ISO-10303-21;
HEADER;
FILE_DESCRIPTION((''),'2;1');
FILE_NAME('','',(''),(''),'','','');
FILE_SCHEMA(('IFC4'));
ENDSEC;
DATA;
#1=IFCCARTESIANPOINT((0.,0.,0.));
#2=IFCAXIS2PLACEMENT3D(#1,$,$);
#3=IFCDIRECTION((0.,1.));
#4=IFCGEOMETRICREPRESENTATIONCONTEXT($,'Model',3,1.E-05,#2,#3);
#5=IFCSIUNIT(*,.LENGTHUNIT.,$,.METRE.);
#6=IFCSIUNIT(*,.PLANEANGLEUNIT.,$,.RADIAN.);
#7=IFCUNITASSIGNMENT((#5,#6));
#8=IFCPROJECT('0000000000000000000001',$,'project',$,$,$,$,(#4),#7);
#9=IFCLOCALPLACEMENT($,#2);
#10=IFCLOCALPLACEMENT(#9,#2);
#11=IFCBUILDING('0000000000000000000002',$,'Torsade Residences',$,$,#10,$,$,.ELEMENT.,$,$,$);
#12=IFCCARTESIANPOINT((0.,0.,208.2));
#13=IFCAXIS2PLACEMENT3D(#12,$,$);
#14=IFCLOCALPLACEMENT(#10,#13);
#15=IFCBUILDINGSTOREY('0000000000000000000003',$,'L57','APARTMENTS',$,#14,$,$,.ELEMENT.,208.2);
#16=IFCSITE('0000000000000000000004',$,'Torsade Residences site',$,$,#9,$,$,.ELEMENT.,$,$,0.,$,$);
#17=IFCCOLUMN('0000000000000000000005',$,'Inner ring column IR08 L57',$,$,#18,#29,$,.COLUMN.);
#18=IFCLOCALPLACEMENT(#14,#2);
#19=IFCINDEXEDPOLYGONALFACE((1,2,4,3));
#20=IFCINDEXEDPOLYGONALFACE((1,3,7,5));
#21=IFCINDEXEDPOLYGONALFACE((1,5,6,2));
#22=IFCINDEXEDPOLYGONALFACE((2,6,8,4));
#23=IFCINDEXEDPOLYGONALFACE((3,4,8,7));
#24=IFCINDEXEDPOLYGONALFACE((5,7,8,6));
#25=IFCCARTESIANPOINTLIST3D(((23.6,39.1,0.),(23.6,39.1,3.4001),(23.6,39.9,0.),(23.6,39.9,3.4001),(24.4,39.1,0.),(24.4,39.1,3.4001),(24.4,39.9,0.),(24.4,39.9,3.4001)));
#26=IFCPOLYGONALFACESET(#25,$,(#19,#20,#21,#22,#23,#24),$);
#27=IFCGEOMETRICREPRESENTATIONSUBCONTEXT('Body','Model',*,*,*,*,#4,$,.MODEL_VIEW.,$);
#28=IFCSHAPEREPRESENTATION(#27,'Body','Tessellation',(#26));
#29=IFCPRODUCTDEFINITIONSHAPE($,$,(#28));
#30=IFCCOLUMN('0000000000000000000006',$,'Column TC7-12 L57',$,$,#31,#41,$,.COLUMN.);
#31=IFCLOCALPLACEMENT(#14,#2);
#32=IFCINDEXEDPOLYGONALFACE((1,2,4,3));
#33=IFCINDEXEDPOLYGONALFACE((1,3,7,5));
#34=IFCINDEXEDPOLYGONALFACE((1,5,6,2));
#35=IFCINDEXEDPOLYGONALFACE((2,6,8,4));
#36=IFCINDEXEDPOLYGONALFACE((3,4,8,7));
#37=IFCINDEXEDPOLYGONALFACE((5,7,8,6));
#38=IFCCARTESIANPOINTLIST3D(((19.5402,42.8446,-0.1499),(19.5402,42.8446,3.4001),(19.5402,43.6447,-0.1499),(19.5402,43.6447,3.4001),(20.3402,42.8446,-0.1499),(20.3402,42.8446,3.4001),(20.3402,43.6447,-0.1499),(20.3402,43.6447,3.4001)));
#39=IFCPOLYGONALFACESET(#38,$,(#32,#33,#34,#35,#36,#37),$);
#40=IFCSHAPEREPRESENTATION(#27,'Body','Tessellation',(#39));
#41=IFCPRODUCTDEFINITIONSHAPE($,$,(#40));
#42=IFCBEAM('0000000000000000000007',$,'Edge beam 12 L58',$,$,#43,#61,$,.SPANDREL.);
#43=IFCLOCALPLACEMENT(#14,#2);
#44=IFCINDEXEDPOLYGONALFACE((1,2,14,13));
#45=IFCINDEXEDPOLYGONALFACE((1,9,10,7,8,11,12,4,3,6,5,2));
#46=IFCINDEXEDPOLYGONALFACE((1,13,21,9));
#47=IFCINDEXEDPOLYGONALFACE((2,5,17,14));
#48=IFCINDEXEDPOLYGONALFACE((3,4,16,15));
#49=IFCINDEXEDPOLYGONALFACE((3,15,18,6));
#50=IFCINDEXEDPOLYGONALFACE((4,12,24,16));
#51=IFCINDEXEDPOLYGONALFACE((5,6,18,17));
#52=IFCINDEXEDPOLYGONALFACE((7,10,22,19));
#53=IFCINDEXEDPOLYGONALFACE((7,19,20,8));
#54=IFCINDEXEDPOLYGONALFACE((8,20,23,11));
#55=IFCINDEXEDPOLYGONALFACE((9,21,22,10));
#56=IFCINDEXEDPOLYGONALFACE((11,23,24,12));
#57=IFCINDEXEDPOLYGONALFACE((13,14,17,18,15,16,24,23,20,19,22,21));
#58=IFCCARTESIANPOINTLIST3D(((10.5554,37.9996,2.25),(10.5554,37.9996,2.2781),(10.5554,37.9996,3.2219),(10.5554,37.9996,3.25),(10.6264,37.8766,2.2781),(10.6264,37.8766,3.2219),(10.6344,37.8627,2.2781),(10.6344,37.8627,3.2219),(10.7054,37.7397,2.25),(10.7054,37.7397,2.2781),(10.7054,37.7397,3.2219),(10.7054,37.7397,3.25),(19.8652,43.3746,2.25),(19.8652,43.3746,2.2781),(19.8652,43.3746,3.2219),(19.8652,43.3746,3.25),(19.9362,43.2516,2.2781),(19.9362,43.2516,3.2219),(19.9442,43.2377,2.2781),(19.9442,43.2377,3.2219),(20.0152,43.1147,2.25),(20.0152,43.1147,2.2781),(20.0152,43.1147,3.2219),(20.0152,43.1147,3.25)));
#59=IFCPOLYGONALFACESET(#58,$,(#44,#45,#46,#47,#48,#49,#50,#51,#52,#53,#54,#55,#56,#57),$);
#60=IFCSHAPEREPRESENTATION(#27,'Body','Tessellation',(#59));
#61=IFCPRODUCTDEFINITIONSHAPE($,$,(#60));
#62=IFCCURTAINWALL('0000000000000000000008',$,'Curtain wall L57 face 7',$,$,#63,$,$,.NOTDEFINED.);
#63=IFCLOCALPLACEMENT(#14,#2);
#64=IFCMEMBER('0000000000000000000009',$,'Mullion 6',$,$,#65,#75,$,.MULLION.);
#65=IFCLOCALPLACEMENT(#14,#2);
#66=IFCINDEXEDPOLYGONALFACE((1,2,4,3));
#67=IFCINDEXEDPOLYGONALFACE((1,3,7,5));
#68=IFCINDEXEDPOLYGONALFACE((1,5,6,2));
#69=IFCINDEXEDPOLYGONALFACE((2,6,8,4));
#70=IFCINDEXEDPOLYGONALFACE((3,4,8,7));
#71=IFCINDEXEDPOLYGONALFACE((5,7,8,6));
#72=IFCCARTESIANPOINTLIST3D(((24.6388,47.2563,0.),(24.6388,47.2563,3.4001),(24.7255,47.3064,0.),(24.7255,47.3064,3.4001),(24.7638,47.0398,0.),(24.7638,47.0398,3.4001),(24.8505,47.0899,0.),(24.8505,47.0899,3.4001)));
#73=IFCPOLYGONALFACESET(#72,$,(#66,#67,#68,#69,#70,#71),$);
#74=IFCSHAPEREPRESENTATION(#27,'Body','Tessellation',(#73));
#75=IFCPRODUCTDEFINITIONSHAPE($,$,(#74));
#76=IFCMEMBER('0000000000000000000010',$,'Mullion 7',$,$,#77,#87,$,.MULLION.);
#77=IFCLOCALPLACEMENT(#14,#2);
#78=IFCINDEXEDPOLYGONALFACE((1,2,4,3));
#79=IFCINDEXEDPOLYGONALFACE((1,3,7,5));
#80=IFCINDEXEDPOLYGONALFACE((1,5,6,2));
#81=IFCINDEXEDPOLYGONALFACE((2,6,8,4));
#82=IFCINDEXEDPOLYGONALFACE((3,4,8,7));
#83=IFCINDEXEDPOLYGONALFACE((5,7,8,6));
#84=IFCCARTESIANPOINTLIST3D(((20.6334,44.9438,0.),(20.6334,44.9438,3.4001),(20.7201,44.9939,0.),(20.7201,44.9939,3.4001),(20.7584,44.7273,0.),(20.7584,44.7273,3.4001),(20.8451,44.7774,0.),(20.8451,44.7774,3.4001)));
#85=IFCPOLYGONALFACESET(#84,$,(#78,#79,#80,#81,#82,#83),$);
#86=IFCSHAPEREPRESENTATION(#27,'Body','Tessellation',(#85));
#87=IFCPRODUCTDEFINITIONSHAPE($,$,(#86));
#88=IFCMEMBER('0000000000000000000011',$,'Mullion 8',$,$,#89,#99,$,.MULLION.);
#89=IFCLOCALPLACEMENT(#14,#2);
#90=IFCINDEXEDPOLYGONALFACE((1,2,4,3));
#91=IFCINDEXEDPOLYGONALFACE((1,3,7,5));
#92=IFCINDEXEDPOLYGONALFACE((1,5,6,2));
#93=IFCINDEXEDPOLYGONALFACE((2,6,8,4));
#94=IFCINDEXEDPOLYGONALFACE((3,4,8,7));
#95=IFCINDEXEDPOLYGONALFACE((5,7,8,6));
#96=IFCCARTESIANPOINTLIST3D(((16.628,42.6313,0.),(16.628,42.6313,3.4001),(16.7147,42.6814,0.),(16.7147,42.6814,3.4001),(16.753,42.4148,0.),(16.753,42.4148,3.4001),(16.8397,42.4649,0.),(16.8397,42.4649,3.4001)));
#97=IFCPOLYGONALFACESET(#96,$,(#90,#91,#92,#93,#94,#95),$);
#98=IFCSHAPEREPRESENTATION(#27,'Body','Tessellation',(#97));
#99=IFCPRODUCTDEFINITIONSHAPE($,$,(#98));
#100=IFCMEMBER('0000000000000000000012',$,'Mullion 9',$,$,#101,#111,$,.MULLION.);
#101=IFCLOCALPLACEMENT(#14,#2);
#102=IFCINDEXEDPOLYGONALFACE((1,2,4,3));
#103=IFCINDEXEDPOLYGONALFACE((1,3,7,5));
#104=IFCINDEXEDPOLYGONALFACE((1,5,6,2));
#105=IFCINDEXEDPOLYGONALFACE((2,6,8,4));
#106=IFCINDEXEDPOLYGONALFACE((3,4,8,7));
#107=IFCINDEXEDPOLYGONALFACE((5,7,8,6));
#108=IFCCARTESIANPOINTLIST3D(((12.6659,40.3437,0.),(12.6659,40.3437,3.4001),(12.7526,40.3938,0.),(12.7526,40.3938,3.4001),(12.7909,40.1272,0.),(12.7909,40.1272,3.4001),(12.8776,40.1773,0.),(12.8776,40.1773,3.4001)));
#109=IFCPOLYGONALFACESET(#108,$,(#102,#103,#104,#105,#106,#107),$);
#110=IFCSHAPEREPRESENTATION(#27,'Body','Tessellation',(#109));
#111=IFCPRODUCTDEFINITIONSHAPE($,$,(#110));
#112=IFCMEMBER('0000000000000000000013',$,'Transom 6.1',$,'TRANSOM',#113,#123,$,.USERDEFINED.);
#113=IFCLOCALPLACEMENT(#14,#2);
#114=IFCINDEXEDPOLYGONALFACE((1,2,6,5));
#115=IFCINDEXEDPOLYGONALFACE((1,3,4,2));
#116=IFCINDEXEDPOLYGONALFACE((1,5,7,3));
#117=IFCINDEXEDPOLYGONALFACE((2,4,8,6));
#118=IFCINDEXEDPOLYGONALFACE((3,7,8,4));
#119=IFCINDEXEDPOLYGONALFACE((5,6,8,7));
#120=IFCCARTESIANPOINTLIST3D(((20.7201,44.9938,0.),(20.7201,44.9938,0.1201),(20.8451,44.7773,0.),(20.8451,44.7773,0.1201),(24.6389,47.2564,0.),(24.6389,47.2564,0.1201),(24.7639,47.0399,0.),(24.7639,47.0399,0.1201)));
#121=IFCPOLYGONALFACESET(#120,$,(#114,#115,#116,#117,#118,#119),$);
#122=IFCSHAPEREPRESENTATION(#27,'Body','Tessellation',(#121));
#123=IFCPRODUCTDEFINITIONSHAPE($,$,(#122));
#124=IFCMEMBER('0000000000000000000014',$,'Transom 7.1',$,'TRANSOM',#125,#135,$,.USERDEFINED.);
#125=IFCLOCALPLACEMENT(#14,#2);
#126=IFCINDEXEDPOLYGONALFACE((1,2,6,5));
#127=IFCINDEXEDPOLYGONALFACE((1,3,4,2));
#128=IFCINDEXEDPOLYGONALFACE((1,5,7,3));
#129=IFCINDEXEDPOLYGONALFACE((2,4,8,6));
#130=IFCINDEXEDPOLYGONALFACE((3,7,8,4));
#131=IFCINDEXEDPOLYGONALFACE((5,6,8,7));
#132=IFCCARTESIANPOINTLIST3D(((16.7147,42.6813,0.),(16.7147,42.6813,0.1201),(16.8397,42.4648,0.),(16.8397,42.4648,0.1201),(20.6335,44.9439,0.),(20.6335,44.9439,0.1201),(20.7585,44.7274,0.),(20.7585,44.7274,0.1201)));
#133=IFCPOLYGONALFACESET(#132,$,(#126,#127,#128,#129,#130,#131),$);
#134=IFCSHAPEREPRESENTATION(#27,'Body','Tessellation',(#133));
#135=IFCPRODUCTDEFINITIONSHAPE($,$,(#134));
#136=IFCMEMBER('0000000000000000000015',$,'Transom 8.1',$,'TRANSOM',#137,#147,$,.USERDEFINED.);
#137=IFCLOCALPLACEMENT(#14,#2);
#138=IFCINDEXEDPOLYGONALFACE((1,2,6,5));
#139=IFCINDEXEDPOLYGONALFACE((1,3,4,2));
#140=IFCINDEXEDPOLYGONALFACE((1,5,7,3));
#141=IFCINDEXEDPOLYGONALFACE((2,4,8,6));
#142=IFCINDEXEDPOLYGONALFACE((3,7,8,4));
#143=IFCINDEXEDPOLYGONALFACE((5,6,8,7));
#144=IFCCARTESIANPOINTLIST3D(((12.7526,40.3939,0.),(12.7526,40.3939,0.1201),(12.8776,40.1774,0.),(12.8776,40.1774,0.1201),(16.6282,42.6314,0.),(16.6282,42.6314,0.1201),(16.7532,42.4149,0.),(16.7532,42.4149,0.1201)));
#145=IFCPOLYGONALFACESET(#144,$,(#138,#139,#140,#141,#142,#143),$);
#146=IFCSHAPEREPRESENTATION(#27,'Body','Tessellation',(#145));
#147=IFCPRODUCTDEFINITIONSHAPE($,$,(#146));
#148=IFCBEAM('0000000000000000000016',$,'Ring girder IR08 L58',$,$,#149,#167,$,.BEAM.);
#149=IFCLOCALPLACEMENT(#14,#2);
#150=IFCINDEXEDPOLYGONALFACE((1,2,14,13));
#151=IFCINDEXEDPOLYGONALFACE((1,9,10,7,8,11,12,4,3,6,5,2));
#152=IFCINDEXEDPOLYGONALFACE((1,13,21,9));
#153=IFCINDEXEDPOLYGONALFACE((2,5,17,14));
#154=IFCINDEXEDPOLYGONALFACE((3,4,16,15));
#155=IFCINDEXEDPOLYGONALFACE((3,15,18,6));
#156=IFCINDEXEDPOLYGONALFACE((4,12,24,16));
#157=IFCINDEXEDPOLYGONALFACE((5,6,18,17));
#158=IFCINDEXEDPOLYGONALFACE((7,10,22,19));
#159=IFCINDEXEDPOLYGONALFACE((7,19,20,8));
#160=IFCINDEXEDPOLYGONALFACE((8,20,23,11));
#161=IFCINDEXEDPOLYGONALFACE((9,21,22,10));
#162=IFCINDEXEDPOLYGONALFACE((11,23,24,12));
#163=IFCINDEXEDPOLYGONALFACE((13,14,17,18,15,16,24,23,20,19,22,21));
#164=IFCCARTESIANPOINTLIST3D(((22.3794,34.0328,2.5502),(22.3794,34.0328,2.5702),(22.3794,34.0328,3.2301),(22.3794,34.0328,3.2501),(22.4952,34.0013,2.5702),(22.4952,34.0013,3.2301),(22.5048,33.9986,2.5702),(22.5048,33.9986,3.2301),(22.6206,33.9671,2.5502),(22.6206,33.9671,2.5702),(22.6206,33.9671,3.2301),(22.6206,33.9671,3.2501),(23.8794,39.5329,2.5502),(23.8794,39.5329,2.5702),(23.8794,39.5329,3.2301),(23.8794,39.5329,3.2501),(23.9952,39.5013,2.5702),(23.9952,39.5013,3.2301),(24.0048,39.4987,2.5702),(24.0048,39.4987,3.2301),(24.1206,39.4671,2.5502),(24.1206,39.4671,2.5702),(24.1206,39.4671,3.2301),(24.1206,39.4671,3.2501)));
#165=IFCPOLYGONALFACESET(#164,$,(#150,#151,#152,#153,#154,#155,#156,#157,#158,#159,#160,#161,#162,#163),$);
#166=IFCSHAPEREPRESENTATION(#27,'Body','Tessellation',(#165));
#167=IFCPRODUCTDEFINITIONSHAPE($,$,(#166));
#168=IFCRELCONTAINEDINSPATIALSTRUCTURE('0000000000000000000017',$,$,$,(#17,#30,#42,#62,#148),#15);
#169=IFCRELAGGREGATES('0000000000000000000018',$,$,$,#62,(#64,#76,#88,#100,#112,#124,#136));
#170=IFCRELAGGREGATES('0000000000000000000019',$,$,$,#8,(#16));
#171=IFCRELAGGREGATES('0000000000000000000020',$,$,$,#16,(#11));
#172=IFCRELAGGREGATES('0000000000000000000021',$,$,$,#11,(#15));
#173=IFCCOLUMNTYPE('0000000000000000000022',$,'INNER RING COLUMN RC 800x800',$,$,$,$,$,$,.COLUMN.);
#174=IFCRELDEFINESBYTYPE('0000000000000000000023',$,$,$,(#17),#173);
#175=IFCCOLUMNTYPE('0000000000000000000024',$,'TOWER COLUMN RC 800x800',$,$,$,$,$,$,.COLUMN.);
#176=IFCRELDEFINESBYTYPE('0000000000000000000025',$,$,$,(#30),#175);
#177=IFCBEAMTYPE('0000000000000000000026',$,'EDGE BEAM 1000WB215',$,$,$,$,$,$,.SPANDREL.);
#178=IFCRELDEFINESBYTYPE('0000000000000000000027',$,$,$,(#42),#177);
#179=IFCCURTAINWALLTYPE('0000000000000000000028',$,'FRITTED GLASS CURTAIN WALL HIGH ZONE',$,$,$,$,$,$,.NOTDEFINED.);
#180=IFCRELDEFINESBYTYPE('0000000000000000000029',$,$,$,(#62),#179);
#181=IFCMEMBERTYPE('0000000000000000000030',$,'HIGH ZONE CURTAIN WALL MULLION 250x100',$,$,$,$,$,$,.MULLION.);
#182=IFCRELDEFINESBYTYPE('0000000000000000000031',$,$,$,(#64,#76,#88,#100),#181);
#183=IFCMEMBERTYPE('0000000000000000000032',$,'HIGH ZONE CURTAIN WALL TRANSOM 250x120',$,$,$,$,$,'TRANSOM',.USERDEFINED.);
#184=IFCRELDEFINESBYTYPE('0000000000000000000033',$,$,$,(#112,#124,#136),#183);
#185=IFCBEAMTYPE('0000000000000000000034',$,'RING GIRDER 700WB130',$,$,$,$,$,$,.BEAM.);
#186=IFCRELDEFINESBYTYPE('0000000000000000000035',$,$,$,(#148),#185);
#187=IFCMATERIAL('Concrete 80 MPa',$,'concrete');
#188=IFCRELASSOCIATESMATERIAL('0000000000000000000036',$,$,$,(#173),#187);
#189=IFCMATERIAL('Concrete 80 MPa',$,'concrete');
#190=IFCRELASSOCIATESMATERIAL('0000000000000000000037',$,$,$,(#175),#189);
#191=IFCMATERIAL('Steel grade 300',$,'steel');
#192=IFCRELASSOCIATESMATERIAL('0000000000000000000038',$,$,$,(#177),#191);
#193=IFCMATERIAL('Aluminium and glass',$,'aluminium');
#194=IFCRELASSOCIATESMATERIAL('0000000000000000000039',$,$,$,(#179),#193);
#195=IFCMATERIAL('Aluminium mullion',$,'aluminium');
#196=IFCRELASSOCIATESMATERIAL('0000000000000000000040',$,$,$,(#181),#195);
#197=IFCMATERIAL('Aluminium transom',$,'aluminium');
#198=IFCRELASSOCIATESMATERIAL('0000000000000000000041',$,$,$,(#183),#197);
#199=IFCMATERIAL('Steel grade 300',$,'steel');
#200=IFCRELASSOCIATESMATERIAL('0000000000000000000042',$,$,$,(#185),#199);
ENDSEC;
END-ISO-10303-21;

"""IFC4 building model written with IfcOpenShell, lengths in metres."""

from ifc_helpers import new_model, si_unit, direction, frame, origin, origin_2d, place, context, subcontext, project, spatial, rectangle, i_section, extrude, material, material_profile, profile_set, type_object, element, aggregate, save


model = new_model("IFC4")

# Units and contexts
model_context = context("Model", 3, precision=1e-05, world=origin(), true_north=direction((0.0, 1.0)))
body_context = subcontext(model_context, "Body", "Model", "MODEL_VIEW")
ifc_project = project(units=[si_unit("LENGTHUNIT", "METRE"), si_unit("PLANEANGLEUNIT", "RADIAN")], contexts=[model_context])

# Site, building, storey
site_placement = place(None, origin())
site = spatial("IfcSite", under=ifc_project, at=site_placement, Name="Torsade Residences site", CompositionType="ELEMENT", RefElevation=0.0)
building_placement = place(site_placement, origin())
building = spatial("IfcBuilding", under=site, at=building_placement, Name="Torsade Residences", CompositionType="ELEMENT")
storey_placement = place(building_placement, frame((0.0, 0.0, 208.2)))
storey = spatial("IfcBuildingStorey", under=building, at=storey_placement, Name="L57", Description="APARTMENTS", CompositionType="ELEMENT", Elevation=208.2)

# Columns
ifc_material_1 = material(Name="Concrete 80 MPa", Category="concrete")
ifc_material_profile_1 = material_profile(ifc_material_1, rectangle(XDim=0.8, YDim=0.8, at=origin_2d()), Name="RC 800x800")
ifc_profile_set_1 = profile_set([ifc_material_profile_1], Name="Concrete 80 MPa")
column_type_1 = type_object("IfcColumnType", Name="INNER RING COLUMN RC 800x800", PredefinedType="COLUMN", material=ifc_profile_set_1)
column_1_placement = place(storey_placement, frame((24.0, 39.5, 0.0), z_axis=(0.0, 0.0, 1.0), x_axis=(1.0, 0.0, 0.0)))
element("IfcColumn", 1, at=column_1_placement, inside=storey, type_object=column_type_1, Name="Inner ring column IR08 L57", PredefinedType="COLUMN", context=body_context, shape_type="SweptSolid", body=[
    extrude(rectangle(XDim=0.8, YDim=0.8, at=origin_2d()), origin(), (0.0, 0.0, 1.0), 3.4001),
])
ifc_material_2 = material(Name="Concrete 80 MPa", Category="concrete")
ifc_material_profile_2 = material_profile(ifc_material_2, rectangle(XDim=0.8, YDim=0.8, at=origin_2d()), Name="RC 800x800")
ifc_profile_set_2 = profile_set([ifc_material_profile_2], Name="Concrete 80 MPa")
column_type_2 = type_object("IfcColumnType", Name="TOWER COLUMN RC 800x800", PredefinedType="COLUMN", material=ifc_profile_set_2)
column_2_placement = place(storey_placement, frame((19.9402, 43.2446, -0.1499), z_axis=(0.0, 0.0, 1.0), x_axis=(1.0, 0.0, 0.0)))
element("IfcColumn", 2, at=column_2_placement, inside=storey, type_object=column_type_2, Name="Column TC7-12 L57", PredefinedType="COLUMN", context=body_context, shape_type="SweptSolid", body=[
    extrude(rectangle(XDim=0.8, YDim=0.8, at=origin_2d()), origin(), (0.0, 0.0, 1.0), 3.55),
])

# Beam
ifc_material_3 = material(Name="Steel grade 300", Category="steel")
ifc_material_profile_3 = material_profile(ifc_material_3, i_section(OverallWidth=0.3, OverallDepth=1.0, WebThickness=0.0161, FlangeThickness=0.0281, at=origin_2d()), Name="1000WB215")
ifc_profile_set_3 = profile_set([ifc_material_profile_3], Name="Steel grade 300")
beam_type_1 = type_object("IfcBeamType", Name="EDGE BEAM 1000WB215", PredefinedType="SPANDREL", material=ifc_profile_set_3)
beam_1_placement = place(storey_placement, frame((19.9402, 43.2446, 2.75), z_axis=(-0.866026, -0.499998, 0.0), x_axis=(0.499998, -0.866026, 0.0)))
element("IfcBeam", 3, at=beam_1_placement, inside=storey, type_object=beam_type_1, Name="Edge beam 12 L58", PredefinedType="SPANDREL", context=body_context, shape_type="SweptSolid", body=[
    extrude(i_section(OverallWidth=0.3, OverallDepth=1.0, WebThickness=0.0161, FlangeThickness=0.0281, at=origin_2d()), origin(), (0.0, 0.0, 1.0), 10.75),
])

# Curtain wall, members
ifc_material_4 = material(Name="Aluminium and glass", Category="aluminium")
curtain_wall_type = type_object("IfcCurtainWallType", Name="FRITTED GLASS CURTAIN WALL HIGH ZONE", PredefinedType="NOTDEFINED", material=ifc_material_4)
curtain_wall_placement = place(storey_placement, origin())
curtain_wall = element("IfcCurtainWall", 4, at=curtain_wall_placement, inside=storey, type_object=curtain_wall_type, Name="Curtain wall L57 face 7", PredefinedType="NOTDEFINED")
ifc_material_5 = material(Name="Aluminium mullion", Category="aluminium")
ifc_material_profile_4 = material_profile(ifc_material_5, rectangle(XDim=0.25, YDim=0.1001, at=origin_2d()), Name="HIGH ZONE CURTAIN WALL MULLION 250x100")
ifc_profile_set_4 = profile_set([ifc_material_profile_4], Name="Aluminium mullion")
member_type_1 = type_object("IfcMemberType", Name="HIGH ZONE CURTAIN WALL MULLION 250x100", PredefinedType="MULLION", material=ifc_profile_set_4)
member_1_placement = place(storey_placement, frame((24.7446, 47.1731, 0.0), z_axis=(0.0, 0.0, 1.0), x_axis=(0.5, -0.866025, 0.0)))
member_1 = element("IfcMember", 5, at=member_1_placement, type_object=member_type_1, Name="Mullion 6", PredefinedType="MULLION", context=body_context, shape_type="SweptSolid", body=[
    extrude(rectangle(XDim=0.25, YDim=0.1001, at=origin_2d()), origin(), (0.0, 0.0, 1.0), 3.4001),
])
member_2_placement = place(storey_placement, frame((20.7393, 44.8606, 0.0), z_axis=(0.0, 0.0, 1.0), x_axis=(0.5, -0.866025, 0.0)))
member_2 = element("IfcMember", 6, at=member_2_placement, type_object=member_type_1, Name="Mullion 7", PredefinedType="MULLION", context=body_context, shape_type="SweptSolid", body=[
    extrude(rectangle(XDim=0.25, YDim=0.1001, at=origin_2d()), origin(), (0.0, 0.0, 1.0), 3.4001),
])
member_3_placement = place(storey_placement, frame((16.7339, 42.5481, 0.0), z_axis=(0.0, 0.0, 1.0), x_axis=(0.5, -0.866025, 0.0)))
member_3 = element("IfcMember", 7, at=member_3_placement, type_object=member_type_1, Name="Mullion 8", PredefinedType="MULLION", context=body_context, shape_type="SweptSolid", body=[
    extrude(rectangle(XDim=0.25, YDim=0.1001, at=origin_2d()), origin(), (0.0, 0.0, 1.0), 3.4001),
])
member_4_placement = place(storey_placement, frame((12.7717, 40.2605, 0.0), z_axis=(0.0, 0.0, 1.0), x_axis=(0.5, -0.866025, 0.0)))
member_4 = element("IfcMember", 8, at=member_4_placement, type_object=member_type_1, Name="Mullion 9", PredefinedType="MULLION", context=body_context, shape_type="SweptSolid", body=[
    extrude(rectangle(XDim=0.25, YDim=0.1001, at=origin_2d()), origin(), (0.0, 0.0, 1.0), 3.4001),
])
ifc_material_6 = material(Name="Aluminium transom", Category="aluminium")
ifc_material_profile_5 = material_profile(ifc_material_6, rectangle(XDim=0.25, YDim=0.1201, at=origin_2d()), Name="HIGH ZONE CURTAIN WALL TRANSOM 250x120")
ifc_profile_set_5 = profile_set([ifc_material_profile_5], Name="Aluminium transom")
member_type_2 = type_object("IfcMemberType", Name="HIGH ZONE CURTAIN WALL TRANSOM 250x120", ElementType="TRANSOM", PredefinedType="USERDEFINED", material=ifc_profile_set_5)
member_5_placement = place(storey_placement, frame((24.7014, 47.1482, 0.0601), z_axis=(-0.866017, -0.500015, 0.0), x_axis=(0.500015, -0.866017, 0.0)))
member_5 = element("IfcMember", 9, at=member_5_placement, type_object=member_type_2, Name="Transom 6.1", ObjectType="TRANSOM", PredefinedType="USERDEFINED", context=body_context, shape_type="SweptSolid", body=[
    extrude(rectangle(XDim=0.25, YDim=0.1201, at=origin_2d()), origin(), (0.0, 0.0, 1.0), 4.5251),
])
member_6_placement = place(storey_placement, frame((20.696, 44.8357, 0.0601), z_axis=(-0.866017, -0.500015, 0.0), x_axis=(0.500015, -0.866017, 0.0)))
member_6 = element("IfcMember", 10, at=member_6_placement, type_object=member_type_2, Name="Transom 7.1", ObjectType="TRANSOM", PredefinedType="USERDEFINED", context=body_context, shape_type="SweptSolid", body=[
    extrude(rectangle(XDim=0.25, YDim=0.1201, at=origin_2d()), origin(), (0.0, 0.0, 1.0), 4.5251),
])
member_7_placement = place(storey_placement, frame((16.6907, 42.5232, 0.0601), z_axis=(-0.866022, -0.500006, 0.0), x_axis=(0.500006, -0.866022, 0.0)))
member_7 = element("IfcMember", 11, at=member_7_placement, type_object=member_type_2, Name="Transom 8.1", ObjectType="TRANSOM", PredefinedType="USERDEFINED", context=body_context, shape_type="SweptSolid", body=[
    extrude(rectangle(XDim=0.25, YDim=0.1201, at=origin_2d()), origin(), (0.0, 0.0, 1.0), 4.4751),
])

# Beam
ifc_material_7 = material(Name="Steel grade 300", Category="steel")
ifc_material_profile_6 = material_profile(ifc_material_7, i_section(OverallWidth=0.25, OverallDepth=0.7, WebThickness=0.01, FlangeThickness=0.02, at=origin_2d()), Name="700WB130")
ifc_profile_set_6 = profile_set([ifc_material_profile_6], Name="Steel grade 300")
beam_type_2 = type_object("IfcBeamType", Name="RING GIRDER 700WB130", PredefinedType="BEAM", material=ifc_profile_set_6)
beam_2_placement = place(storey_placement, frame((24.0, 39.5, 2.9001), z_axis=(-0.263117, -0.964764, 0.0), x_axis=(0.964764, -0.263117, 0.0)))
element("IfcBeam", 12, at=beam_2_placement, inside=storey, type_object=beam_type_2, Name="Ring girder IR08 L58", PredefinedType="BEAM", context=body_context, shape_type="SweptSolid", body=[
    extrude(i_section(OverallWidth=0.25, OverallDepth=0.7, WebThickness=0.01, FlangeThickness=0.02, at=origin_2d()), origin(), (0.0, 0.0, 1.0), 5.7009),
])

aggregate(curtain_wall, [member_1, member_2, member_3, member_4, member_5, member_6, member_7])

save(model, "model.ifc")
